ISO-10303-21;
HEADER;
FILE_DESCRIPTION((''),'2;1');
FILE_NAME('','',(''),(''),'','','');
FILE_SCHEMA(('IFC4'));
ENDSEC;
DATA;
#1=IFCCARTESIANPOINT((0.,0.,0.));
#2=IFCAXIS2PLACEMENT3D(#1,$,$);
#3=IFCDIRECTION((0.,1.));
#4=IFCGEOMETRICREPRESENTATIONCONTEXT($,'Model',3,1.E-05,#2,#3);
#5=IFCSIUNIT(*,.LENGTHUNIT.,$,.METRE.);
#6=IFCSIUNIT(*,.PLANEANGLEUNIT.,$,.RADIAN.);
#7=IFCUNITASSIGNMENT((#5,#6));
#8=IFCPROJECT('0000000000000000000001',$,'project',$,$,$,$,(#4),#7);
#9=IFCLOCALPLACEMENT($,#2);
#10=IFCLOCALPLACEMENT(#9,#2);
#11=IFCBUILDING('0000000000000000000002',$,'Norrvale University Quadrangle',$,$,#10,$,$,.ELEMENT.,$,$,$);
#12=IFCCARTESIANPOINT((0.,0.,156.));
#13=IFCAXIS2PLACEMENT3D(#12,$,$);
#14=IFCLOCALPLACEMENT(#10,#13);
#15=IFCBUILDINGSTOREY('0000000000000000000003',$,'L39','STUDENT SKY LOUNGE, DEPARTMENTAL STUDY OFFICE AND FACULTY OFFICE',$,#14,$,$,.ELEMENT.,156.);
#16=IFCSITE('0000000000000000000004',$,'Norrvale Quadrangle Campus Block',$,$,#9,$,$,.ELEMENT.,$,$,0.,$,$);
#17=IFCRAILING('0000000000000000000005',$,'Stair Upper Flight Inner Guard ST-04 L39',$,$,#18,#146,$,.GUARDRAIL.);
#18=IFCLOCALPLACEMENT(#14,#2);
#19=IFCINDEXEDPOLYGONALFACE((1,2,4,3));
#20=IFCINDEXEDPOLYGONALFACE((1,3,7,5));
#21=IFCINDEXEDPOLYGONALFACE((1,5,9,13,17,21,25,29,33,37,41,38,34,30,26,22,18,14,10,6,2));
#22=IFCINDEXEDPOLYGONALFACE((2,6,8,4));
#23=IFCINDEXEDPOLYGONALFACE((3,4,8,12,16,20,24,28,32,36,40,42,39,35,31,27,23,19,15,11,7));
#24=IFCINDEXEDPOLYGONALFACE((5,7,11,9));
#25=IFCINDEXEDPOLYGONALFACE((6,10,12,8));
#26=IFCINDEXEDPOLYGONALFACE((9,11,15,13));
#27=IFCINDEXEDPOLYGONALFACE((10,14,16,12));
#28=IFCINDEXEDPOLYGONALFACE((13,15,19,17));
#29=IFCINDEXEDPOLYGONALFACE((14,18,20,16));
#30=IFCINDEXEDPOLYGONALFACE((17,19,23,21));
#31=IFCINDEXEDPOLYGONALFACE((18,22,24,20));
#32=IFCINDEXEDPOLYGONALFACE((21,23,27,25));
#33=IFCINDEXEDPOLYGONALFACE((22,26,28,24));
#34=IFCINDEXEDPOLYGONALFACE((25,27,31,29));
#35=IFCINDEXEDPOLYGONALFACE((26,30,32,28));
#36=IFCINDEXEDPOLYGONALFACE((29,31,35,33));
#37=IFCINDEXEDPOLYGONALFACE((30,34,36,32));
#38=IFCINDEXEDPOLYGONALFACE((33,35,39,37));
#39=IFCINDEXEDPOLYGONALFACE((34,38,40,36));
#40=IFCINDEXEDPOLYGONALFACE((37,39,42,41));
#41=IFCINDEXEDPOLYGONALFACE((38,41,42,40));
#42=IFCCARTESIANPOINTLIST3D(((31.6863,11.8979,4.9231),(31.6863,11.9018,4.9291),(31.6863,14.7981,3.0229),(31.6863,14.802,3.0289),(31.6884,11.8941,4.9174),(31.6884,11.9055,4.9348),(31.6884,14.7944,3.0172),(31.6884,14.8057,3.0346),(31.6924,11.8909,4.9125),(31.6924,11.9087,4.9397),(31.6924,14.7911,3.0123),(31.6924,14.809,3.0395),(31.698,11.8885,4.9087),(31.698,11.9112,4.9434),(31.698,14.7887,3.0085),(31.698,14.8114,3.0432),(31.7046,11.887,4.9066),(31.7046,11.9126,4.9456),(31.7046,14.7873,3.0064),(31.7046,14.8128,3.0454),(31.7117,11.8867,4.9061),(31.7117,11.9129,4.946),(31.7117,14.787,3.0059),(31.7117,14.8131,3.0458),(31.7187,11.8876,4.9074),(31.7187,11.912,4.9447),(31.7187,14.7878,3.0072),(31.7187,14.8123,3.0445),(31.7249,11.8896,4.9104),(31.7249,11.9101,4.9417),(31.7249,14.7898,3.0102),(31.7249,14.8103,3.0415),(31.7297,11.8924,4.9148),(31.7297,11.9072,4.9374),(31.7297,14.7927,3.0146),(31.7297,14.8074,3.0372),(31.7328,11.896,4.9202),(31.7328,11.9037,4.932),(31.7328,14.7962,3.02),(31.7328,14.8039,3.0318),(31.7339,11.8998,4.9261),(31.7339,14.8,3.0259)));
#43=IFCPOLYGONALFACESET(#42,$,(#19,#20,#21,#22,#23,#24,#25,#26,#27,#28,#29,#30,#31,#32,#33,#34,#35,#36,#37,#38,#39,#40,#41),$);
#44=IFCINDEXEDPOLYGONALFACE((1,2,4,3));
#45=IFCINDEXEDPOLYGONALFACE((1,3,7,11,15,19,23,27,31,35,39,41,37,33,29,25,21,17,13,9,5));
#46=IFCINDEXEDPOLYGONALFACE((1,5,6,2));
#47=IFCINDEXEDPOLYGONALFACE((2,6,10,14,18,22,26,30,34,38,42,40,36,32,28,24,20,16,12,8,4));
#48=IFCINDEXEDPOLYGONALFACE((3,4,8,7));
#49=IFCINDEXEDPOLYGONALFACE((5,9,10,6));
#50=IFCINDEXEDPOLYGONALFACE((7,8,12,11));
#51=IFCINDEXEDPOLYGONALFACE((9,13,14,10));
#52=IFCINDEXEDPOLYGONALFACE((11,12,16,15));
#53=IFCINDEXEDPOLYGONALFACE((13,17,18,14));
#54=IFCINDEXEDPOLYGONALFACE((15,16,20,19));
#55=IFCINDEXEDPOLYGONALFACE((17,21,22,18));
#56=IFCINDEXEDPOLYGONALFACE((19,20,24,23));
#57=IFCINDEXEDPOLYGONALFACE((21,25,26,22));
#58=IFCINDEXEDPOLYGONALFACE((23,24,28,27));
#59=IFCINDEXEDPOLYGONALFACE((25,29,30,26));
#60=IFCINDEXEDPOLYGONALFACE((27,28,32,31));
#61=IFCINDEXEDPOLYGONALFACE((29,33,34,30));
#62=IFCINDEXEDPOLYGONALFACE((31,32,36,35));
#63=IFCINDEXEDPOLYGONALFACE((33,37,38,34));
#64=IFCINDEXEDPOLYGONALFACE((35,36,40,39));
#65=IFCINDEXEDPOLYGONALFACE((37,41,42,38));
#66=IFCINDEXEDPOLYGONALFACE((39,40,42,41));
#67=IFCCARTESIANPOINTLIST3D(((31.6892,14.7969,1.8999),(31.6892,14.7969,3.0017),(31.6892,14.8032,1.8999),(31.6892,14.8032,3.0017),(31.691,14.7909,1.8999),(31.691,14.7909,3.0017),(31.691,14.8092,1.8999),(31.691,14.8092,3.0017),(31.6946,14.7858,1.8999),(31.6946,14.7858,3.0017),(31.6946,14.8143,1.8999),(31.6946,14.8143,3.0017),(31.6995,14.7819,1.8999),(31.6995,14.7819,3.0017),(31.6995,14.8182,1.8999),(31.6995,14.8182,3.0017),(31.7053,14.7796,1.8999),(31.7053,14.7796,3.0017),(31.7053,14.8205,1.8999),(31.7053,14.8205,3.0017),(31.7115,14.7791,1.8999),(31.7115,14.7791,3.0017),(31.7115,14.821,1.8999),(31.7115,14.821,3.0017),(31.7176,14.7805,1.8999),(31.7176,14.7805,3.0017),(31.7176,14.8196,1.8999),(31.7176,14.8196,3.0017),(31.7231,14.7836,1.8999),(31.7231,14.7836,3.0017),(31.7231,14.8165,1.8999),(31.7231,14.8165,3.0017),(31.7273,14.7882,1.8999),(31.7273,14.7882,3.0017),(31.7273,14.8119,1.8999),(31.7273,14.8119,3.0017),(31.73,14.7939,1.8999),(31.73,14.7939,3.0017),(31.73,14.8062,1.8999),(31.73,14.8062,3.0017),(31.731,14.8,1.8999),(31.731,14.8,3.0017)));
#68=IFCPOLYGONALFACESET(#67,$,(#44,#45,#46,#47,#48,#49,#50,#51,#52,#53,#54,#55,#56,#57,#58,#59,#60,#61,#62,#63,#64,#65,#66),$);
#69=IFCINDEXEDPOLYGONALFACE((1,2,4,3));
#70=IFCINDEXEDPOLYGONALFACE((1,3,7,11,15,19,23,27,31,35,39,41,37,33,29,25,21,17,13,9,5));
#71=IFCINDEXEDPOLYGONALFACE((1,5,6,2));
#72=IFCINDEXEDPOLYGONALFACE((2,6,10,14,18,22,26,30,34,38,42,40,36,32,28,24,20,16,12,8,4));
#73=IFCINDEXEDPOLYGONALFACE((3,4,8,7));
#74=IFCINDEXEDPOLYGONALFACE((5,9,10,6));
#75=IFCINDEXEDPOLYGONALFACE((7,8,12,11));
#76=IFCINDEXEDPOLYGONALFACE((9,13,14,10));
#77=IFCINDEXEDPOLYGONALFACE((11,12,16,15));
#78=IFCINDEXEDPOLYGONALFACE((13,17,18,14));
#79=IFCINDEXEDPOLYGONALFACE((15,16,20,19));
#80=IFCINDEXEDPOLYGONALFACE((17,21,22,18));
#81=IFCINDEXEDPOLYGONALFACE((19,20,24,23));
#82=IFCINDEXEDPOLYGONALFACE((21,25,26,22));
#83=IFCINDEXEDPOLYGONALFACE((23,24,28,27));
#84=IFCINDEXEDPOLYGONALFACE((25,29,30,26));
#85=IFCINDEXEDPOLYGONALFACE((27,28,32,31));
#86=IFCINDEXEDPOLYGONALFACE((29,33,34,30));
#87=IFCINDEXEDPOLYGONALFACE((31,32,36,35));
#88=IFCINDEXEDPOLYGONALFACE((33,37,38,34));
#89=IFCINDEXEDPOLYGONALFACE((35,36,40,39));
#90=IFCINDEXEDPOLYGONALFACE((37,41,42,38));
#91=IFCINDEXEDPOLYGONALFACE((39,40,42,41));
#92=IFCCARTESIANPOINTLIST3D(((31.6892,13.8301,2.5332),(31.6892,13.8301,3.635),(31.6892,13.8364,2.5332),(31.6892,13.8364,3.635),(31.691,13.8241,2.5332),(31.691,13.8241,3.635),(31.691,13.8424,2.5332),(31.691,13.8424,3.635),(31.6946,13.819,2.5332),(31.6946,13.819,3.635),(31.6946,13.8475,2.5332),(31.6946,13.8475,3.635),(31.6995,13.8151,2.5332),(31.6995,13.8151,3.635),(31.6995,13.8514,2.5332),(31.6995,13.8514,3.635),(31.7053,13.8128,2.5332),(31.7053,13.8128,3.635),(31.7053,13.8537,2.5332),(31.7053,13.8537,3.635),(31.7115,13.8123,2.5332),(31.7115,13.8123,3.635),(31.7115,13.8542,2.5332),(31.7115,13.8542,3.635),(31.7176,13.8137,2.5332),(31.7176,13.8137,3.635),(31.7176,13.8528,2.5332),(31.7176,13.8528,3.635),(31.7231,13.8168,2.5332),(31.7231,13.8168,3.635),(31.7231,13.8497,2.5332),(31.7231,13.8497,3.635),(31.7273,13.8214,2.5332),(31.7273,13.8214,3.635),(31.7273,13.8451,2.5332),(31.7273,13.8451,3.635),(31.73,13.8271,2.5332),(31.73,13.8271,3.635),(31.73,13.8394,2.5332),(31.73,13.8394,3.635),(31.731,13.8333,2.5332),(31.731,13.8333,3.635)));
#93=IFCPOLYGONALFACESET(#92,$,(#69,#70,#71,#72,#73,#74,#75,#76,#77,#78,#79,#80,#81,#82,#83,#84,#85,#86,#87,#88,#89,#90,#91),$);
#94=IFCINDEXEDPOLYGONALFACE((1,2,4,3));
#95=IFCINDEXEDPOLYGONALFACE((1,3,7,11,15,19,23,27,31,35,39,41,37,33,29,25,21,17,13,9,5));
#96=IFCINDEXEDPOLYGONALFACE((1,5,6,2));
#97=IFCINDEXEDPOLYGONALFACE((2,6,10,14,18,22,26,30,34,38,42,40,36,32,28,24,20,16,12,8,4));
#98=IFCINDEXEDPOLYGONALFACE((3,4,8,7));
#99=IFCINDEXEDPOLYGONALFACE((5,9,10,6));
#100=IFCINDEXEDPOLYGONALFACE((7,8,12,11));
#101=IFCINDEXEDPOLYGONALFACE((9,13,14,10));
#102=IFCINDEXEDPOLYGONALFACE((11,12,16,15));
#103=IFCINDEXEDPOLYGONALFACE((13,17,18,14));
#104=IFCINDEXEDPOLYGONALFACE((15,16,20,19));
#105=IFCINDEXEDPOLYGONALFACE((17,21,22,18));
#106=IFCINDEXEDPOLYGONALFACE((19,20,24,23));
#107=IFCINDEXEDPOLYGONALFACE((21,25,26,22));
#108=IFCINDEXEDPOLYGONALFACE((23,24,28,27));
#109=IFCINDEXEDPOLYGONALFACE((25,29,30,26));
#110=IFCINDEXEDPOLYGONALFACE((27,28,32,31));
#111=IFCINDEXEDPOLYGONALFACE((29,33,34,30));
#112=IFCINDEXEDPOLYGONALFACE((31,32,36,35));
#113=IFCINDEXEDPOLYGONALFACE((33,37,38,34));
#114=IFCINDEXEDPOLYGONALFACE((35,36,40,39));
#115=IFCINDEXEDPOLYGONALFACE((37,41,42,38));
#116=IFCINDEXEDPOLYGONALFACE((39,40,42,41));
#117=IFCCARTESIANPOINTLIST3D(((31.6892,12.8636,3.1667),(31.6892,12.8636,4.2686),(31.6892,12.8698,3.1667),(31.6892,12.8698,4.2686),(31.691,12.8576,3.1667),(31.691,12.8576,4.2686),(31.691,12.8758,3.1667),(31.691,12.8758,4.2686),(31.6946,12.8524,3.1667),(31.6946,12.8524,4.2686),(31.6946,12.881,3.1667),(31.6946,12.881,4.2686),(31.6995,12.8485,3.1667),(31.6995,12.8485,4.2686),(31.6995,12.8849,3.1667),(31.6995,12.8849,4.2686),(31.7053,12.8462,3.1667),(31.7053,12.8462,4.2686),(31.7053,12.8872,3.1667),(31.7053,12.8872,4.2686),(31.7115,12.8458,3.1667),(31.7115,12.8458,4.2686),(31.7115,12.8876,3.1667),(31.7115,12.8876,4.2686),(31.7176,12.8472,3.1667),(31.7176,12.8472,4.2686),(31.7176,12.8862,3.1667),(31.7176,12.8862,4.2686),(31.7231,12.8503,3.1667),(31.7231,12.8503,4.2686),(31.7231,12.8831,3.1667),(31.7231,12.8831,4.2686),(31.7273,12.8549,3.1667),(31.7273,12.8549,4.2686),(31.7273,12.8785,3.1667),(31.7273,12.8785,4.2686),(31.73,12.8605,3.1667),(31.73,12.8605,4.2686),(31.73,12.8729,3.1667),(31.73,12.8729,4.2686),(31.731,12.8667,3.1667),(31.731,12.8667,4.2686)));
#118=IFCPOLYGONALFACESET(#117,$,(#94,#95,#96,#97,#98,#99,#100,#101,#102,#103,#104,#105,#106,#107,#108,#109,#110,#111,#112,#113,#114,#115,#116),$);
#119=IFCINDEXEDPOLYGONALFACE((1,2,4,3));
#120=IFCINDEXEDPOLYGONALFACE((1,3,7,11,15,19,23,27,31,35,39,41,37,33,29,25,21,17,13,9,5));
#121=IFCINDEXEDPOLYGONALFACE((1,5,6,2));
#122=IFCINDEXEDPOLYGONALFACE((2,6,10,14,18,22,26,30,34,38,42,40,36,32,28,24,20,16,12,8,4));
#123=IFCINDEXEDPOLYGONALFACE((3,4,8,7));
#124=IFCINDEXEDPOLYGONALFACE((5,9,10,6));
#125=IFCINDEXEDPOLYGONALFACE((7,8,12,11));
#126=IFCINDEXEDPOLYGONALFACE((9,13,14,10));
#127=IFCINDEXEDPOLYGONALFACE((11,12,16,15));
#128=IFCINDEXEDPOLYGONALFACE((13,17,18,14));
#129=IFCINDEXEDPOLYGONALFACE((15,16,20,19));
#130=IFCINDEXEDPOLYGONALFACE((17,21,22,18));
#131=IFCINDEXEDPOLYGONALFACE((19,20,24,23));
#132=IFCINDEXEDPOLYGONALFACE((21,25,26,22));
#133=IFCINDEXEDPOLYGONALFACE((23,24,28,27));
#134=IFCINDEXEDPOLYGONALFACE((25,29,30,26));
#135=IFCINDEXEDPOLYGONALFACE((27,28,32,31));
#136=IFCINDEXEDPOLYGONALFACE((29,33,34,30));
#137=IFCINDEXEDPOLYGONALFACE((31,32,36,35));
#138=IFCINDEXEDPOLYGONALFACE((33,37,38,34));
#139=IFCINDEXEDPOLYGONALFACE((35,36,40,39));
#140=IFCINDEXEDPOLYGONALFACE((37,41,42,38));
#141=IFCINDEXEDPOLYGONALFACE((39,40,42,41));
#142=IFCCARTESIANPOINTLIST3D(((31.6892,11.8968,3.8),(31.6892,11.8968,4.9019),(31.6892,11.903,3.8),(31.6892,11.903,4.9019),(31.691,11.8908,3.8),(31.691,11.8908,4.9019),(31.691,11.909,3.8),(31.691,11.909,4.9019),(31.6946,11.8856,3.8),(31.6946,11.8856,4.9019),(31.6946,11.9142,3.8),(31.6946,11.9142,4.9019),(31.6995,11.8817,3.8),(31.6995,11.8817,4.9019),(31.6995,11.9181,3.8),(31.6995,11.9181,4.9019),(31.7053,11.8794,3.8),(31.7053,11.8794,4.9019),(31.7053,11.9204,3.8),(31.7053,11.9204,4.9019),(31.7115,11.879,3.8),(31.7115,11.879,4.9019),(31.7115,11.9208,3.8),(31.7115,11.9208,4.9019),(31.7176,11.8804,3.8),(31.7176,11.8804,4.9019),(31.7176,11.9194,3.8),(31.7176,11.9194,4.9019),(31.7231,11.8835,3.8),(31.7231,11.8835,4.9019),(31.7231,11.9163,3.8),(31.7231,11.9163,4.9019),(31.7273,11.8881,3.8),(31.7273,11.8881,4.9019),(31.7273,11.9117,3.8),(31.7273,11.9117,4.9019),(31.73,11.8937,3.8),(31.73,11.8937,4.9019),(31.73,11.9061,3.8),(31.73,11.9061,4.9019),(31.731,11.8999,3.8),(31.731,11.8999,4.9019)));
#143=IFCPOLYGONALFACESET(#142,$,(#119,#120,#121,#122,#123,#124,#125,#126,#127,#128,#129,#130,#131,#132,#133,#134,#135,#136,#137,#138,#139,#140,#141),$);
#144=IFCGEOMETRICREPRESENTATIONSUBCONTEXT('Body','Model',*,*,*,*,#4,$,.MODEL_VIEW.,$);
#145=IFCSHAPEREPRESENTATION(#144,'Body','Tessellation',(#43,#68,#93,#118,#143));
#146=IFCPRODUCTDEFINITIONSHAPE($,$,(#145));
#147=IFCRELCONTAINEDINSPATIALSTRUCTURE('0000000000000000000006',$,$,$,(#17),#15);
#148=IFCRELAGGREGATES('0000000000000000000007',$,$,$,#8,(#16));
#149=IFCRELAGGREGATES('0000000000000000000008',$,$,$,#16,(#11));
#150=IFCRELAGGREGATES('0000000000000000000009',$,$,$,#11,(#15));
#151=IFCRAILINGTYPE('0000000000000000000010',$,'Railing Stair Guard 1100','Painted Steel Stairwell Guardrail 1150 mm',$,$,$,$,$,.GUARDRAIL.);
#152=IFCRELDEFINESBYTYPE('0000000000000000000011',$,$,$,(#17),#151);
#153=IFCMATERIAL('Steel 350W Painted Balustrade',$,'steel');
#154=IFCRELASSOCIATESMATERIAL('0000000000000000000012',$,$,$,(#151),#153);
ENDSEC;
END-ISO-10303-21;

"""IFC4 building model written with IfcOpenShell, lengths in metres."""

from ifc_helpers import new_model, si_unit, direction, frame, origin, origin_2d, place, context, subcontext, project, spatial, circle, extrude, material, type_object, element, save


model = new_model("IFC4")

# Units and contexts
model_context = context("Model", 3, precision=1e-05, world=origin(), true_north=direction((0.0, 1.0)))
body_context = subcontext(model_context, "Body", "Model", "MODEL_VIEW")
ifc_project = project(units=[si_unit("LENGTHUNIT", "METRE"), si_unit("PLANEANGLEUNIT", "RADIAN")], contexts=[model_context])

# Site, building, storey
site_placement = place(None, origin())
site = spatial("IfcSite", under=ifc_project, at=site_placement, Name="Norrvale Quadrangle Campus Block", CompositionType="ELEMENT", RefElevation=0.0)
building_placement = place(site_placement, origin())
building = spatial("IfcBuilding", under=site, at=building_placement, Name="Norrvale University Quadrangle", CompositionType="ELEMENT")
storey_placement = place(building_placement, frame((0.0, 0.0, 156.0)))
storey = spatial("IfcBuildingStorey", under=building, at=storey_placement, Name="L39", Description="STUDENT SKY LOUNGE, DEPARTMENTAL STUDY OFFICE AND FACULTY OFFICE", CompositionType="ELEMENT", Elevation=156.0)

# Railing
ifc_material_1 = material(Name="Steel 350W Painted Balustrade", Category="steel")
railing_type_1 = type_object("IfcRailingType", Name="Railing Stair Guard 1100", Description="Painted Steel Stairwell Guardrail 1150 mm", PredefinedType="GUARDRAIL", material=ifc_material_1)
railing_1_placement = place(storey_placement, frame((31.71, 14.8, 1.8999)))
element("IfcRailing", 1, at=railing_1_placement, inside=storey, type_object=railing_type_1, Name="Stair Upper Flight Inner Guard ST-04 L39", PredefinedType="GUARDRAIL", context=body_context, shape_type="SweptSolid", body=[
    extrude(circle(Radius=0.0239, at=origin_2d()), frame((0.0, 0.0, 1.126), z_axis=(0.0, -0.836454, 0.548036), x_axis=(1.0, 0.0, 0.0)), (0.0, 0.0, 1.0), 3.4673),
    extrude(circle(Radius=0.021, at=origin_2d()), origin(), (0.0, 0.0, 1.0), 1.1018),
    extrude(circle(Radius=0.021, at=origin_2d()), frame((0.0, -0.9668, 0.6333)), (0.0, 0.0, 1.0), 1.1018),
    extrude(circle(Radius=0.021, at=origin_2d()), frame((0.0, -1.9333, 1.2668)), (0.0, 0.0, 1.0), 1.1018),
    extrude(circle(Radius=0.021, at=origin_2d()), frame((0.0, -2.9001, 1.9001)), (0.0, 0.0, 1.0), 1.1018),
])

save(model, "model.ifc")
